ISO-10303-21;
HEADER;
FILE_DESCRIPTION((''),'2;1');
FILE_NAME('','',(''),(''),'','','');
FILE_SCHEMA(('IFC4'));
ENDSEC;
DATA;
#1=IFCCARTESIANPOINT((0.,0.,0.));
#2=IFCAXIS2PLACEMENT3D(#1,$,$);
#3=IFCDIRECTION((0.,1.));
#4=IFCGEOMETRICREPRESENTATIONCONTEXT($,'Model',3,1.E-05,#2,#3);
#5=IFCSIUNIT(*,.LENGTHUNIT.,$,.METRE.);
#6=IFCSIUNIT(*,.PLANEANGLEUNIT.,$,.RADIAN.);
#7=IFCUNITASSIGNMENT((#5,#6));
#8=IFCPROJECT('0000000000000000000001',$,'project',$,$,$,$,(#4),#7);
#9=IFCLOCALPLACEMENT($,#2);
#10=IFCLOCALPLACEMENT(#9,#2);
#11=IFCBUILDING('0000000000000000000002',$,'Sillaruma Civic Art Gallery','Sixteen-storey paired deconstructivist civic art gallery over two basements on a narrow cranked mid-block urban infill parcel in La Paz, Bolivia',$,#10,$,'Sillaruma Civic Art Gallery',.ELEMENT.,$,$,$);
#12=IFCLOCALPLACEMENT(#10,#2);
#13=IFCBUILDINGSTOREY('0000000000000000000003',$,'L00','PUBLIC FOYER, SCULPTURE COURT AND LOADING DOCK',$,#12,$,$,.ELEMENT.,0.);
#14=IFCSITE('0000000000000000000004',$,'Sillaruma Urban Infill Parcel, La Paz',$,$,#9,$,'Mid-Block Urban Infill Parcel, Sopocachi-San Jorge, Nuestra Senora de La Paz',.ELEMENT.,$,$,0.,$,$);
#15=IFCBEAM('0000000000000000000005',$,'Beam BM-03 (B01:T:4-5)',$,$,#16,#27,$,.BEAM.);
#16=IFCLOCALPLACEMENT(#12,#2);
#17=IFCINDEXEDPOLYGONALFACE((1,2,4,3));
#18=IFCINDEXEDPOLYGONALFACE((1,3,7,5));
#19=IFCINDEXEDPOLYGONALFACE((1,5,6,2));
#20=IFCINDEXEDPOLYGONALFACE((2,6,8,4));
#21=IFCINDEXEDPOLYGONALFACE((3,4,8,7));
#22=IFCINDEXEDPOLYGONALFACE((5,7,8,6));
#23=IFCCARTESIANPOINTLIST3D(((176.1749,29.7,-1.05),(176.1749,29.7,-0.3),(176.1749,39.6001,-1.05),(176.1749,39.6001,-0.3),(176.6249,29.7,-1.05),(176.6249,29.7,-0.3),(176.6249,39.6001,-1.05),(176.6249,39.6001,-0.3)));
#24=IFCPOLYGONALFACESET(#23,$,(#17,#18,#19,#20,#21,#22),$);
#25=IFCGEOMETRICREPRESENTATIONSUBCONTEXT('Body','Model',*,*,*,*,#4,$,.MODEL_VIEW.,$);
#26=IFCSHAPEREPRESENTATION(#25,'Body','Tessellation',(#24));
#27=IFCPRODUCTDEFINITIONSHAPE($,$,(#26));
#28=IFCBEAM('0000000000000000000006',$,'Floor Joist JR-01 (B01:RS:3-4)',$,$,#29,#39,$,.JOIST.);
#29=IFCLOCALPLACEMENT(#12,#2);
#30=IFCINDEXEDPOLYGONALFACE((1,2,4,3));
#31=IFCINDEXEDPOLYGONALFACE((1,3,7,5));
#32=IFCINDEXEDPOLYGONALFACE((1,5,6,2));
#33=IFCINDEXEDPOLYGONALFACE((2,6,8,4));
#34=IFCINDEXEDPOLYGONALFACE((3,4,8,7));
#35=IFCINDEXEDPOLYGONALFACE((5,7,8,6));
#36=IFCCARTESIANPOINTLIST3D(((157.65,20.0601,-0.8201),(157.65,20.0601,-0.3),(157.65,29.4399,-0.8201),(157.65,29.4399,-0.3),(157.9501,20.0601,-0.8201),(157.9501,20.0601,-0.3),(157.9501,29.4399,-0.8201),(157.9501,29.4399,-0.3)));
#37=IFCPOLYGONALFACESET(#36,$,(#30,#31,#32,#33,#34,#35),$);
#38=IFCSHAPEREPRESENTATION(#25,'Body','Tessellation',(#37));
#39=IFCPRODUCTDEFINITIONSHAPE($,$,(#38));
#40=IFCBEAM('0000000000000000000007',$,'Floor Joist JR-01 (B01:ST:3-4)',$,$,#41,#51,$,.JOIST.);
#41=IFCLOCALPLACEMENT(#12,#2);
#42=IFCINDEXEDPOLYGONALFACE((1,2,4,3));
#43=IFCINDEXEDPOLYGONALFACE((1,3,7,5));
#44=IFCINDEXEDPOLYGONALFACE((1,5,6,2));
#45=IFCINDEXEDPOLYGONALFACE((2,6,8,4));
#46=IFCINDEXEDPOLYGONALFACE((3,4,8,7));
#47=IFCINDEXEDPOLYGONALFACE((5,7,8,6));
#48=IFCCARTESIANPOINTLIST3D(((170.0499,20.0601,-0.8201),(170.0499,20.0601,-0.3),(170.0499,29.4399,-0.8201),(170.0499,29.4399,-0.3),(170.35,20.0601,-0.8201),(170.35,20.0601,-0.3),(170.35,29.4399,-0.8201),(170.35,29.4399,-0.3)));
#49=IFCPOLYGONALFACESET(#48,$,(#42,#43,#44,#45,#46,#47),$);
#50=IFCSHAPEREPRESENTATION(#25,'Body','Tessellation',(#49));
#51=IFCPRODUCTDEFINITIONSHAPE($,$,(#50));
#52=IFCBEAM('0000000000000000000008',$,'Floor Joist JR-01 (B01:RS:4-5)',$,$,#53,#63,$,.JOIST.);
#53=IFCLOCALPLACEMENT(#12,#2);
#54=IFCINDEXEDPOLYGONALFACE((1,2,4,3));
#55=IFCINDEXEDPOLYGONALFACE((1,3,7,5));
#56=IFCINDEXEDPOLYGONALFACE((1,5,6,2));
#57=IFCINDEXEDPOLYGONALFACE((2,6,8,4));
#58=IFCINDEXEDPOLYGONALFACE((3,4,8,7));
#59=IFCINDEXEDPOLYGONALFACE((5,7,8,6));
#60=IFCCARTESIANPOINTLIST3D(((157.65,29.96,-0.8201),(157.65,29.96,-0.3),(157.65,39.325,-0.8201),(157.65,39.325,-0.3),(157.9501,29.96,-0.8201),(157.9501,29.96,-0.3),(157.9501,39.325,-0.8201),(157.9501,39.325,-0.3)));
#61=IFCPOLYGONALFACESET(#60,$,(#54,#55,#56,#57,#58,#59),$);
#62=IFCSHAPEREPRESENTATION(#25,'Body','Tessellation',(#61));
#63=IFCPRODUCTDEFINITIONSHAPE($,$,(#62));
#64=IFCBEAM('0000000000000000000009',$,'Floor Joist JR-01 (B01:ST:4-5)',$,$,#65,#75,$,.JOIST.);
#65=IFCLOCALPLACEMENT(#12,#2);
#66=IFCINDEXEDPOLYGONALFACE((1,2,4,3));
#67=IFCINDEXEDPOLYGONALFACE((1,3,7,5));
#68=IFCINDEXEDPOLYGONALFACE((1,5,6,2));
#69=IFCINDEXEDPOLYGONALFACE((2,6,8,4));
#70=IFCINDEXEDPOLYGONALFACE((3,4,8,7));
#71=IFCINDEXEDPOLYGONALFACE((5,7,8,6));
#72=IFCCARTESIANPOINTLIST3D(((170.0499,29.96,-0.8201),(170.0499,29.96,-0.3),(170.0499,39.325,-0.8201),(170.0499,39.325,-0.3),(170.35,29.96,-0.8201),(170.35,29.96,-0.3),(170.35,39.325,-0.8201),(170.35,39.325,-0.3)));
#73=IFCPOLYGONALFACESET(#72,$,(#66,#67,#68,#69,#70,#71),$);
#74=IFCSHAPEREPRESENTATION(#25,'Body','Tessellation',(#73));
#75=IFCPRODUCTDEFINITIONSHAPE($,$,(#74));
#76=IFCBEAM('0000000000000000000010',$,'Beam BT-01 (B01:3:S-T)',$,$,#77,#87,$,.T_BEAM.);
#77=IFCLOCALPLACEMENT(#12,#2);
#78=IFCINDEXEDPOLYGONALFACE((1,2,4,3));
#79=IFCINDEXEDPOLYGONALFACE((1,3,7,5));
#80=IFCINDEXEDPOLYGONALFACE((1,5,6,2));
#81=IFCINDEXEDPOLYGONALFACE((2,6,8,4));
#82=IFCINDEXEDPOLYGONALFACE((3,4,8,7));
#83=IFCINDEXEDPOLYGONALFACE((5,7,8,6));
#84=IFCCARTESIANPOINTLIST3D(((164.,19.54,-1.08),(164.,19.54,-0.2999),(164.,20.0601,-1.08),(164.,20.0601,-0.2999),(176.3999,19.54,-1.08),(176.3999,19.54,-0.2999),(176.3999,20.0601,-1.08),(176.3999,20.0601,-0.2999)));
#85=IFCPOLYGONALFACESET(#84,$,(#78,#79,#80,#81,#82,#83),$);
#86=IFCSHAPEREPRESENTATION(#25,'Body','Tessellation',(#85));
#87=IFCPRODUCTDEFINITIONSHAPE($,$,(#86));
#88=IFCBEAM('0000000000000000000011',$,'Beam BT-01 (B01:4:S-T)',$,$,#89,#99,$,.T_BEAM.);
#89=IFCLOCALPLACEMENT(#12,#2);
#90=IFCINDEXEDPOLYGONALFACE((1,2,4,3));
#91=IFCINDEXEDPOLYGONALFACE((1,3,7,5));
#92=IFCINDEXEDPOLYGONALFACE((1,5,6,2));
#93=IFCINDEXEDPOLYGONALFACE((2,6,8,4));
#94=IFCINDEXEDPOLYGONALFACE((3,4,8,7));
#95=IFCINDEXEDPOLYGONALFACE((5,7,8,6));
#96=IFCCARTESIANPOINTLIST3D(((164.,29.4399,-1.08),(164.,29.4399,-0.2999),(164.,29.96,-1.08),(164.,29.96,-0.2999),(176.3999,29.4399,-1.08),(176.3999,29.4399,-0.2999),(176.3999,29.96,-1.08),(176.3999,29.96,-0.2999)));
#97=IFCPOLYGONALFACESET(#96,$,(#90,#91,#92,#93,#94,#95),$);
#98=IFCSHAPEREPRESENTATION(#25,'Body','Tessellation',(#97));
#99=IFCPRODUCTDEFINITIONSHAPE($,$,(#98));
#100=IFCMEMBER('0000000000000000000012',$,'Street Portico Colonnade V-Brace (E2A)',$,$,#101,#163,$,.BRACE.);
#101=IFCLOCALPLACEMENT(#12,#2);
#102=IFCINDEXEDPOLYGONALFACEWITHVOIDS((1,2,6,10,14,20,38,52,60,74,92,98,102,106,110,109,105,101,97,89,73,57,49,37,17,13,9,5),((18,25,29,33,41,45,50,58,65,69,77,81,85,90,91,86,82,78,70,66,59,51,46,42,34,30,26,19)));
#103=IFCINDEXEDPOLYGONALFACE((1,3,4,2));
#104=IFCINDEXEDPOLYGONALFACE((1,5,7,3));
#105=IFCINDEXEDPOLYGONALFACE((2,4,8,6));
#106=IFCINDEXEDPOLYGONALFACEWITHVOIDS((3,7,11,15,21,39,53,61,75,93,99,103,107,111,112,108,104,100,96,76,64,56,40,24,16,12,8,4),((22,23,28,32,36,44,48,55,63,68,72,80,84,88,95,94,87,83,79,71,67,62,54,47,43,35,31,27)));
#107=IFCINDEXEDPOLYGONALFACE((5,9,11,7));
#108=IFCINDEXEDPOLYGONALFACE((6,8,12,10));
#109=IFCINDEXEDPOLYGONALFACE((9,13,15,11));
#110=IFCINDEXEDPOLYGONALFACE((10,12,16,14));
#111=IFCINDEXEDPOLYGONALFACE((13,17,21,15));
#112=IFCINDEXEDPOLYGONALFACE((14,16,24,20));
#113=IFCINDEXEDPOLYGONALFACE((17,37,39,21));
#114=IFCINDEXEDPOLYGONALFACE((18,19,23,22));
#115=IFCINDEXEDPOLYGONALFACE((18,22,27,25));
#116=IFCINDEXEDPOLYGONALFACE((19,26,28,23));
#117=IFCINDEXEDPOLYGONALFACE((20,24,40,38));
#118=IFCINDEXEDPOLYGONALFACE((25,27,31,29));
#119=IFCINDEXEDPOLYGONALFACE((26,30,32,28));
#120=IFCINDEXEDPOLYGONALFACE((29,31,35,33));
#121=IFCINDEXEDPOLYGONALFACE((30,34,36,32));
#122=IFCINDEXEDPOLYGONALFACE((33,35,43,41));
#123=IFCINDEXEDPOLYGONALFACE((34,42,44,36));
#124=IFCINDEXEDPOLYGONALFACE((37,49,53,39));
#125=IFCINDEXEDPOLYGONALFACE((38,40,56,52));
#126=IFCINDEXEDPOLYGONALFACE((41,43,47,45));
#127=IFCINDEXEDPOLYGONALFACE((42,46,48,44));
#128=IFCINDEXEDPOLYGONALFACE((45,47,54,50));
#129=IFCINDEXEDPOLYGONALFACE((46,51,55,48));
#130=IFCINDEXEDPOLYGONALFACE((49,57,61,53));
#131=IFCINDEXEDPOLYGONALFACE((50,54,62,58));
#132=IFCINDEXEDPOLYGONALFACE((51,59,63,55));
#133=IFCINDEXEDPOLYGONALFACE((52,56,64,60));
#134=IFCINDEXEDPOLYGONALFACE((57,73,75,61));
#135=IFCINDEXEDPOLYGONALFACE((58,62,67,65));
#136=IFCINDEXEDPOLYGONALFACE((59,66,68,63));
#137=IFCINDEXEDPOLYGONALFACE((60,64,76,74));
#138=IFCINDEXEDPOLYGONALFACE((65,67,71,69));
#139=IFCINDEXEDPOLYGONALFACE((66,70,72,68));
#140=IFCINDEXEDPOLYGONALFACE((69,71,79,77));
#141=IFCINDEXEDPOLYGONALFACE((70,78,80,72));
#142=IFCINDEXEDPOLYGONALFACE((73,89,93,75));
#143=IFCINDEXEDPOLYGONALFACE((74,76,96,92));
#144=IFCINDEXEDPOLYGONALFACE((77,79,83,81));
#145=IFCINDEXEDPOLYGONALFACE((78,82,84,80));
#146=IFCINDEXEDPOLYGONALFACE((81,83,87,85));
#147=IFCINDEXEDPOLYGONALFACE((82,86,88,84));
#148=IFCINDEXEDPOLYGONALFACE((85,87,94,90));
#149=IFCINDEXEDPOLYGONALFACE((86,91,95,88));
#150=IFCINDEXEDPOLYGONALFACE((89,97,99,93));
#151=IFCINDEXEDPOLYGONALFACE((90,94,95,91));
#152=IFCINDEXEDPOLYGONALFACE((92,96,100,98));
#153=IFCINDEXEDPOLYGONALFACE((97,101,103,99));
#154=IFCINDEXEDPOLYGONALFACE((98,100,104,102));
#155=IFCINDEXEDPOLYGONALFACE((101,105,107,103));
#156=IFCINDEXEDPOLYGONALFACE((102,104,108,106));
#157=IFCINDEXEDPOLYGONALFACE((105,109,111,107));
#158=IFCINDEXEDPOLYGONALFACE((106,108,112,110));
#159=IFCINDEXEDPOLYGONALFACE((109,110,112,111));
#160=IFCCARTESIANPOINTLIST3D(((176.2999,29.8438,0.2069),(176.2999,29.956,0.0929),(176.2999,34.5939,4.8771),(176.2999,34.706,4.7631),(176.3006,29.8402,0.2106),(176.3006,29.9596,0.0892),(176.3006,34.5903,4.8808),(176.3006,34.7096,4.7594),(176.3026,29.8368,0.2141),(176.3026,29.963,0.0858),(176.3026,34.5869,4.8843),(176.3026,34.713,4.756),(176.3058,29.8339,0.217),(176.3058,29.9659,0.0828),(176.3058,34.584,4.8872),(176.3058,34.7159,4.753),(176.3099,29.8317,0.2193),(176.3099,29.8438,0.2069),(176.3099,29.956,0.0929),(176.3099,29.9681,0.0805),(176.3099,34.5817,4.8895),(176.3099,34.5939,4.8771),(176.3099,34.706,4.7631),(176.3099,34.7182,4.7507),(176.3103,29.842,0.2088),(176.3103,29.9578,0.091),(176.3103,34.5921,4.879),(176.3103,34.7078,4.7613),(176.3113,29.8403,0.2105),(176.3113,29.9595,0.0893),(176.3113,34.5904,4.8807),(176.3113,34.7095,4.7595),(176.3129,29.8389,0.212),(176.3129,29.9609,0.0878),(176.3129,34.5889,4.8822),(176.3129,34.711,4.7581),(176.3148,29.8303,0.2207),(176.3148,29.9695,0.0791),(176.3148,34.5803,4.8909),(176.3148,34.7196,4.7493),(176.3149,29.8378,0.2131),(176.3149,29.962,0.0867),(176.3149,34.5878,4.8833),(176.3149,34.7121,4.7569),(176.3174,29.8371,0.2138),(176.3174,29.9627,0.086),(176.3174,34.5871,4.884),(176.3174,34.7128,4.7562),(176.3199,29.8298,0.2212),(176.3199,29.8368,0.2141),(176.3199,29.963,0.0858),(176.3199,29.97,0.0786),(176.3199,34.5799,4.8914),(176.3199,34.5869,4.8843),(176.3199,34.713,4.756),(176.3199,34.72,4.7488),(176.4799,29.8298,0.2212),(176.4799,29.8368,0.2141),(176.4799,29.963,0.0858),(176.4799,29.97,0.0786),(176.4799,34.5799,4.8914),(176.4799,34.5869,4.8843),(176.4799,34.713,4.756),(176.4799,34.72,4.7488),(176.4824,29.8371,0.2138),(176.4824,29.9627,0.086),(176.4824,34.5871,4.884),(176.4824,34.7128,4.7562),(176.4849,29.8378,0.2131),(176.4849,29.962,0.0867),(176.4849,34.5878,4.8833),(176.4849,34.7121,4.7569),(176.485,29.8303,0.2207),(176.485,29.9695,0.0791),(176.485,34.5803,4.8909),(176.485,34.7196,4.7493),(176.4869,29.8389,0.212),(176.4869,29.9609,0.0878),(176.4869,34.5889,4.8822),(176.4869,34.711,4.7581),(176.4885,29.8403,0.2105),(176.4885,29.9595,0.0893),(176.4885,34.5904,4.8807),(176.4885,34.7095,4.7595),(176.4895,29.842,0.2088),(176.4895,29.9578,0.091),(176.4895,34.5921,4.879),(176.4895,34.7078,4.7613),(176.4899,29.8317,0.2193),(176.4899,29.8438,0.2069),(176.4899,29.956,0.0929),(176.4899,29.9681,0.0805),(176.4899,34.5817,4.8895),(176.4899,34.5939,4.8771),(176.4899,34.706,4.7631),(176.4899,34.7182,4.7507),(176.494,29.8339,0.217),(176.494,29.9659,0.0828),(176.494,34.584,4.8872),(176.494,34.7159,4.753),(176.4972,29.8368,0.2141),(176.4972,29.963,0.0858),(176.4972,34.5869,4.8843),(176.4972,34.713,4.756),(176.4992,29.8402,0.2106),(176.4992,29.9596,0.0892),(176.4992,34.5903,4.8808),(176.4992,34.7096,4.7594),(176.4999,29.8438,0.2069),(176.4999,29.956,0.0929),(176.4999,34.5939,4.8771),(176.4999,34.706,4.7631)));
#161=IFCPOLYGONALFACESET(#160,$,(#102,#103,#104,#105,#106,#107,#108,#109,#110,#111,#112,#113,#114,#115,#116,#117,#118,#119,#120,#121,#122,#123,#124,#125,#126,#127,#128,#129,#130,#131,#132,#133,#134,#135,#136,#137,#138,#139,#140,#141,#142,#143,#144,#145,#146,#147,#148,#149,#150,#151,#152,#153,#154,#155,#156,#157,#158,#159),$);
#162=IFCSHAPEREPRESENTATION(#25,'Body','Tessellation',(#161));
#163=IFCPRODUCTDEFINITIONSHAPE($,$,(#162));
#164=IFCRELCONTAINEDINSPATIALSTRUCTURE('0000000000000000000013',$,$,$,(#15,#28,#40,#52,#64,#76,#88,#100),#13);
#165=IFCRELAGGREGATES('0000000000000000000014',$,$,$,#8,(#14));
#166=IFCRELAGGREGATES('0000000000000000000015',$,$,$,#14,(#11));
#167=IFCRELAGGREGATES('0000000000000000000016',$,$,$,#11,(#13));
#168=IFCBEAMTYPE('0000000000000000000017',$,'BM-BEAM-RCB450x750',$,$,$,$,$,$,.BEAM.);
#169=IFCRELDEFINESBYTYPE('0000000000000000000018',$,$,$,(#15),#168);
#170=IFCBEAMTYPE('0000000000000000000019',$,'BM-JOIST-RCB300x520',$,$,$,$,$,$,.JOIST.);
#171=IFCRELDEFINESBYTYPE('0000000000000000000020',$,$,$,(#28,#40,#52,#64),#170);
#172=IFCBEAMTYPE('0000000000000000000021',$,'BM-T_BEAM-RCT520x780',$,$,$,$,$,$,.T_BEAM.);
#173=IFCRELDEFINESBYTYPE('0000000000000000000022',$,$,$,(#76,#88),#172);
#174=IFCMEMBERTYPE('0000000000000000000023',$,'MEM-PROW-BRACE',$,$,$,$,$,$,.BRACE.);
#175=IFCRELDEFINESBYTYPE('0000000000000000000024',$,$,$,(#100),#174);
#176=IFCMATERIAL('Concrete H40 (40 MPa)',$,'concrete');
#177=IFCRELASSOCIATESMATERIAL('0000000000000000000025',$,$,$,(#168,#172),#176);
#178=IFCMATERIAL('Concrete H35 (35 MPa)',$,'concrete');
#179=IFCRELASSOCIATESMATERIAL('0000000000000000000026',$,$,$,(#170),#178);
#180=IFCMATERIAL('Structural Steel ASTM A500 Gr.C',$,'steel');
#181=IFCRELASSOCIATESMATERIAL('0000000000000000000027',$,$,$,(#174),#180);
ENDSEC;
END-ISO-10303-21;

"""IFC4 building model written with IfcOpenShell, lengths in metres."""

from ifc_helpers import new_model, si_unit, direction, frame, origin, origin_2d, place, context, subcontext, project, spatial, rectangle, hollow_rectangle, extrude, material, material_profile, profile_set, type_object, element, save


model = new_model("IFC4")

# Units and contexts
model_context = context("Model", 3, precision=1e-05, world=origin(), true_north=direction((0.0, 1.0)))
body_context = subcontext(model_context, "Body", "Model", "MODEL_VIEW")
ifc_project = project(units=[si_unit("LENGTHUNIT", "METRE"), si_unit("PLANEANGLEUNIT", "RADIAN")], contexts=[model_context])

# Site, building, storey
site_placement = place(None, origin())
site = spatial("IfcSite", under=ifc_project, at=site_placement, Name="Sillaruma Urban Infill Parcel, La Paz", LongName="Mid-Block Urban Infill Parcel, Sopocachi-San Jorge, Nuestra Senora de La Paz", CompositionType="ELEMENT", RefElevation=0.0)
building_placement = place(site_placement, origin())
building = spatial("IfcBuilding", under=site, at=building_placement, Name="Sillaruma Civic Art Gallery", Description="Sixteen-storey paired deconstructivist civic art gallery over two basements on a narrow cranked mid-block urban infill parcel in La Paz, Bolivia", LongName="Sillaruma Civic Art Gallery", CompositionType="ELEMENT")
storey_placement = place(building_placement, origin())
storey = spatial("IfcBuildingStorey", under=building, at=storey_placement, Name="L00", Description="PUBLIC FOYER, SCULPTURE COURT AND LOADING DOCK", CompositionType="ELEMENT", Elevation=0.0)

# Shared definitions
ifc_material_1 = material(Name="Concrete H40 (40 MPa)", Category="concrete")

# Beams
ifc_material_2 = material(Name="Concrete H35 (35 MPa)", Category="concrete")
ifc_material_profile_1 = material_profile(ifc_material_1, rectangle(XDim=0.45, YDim=0.75, at=origin_2d()), Name="RCB450x750")
ifc_profile_set_1 = profile_set([ifc_material_profile_1], Name="Concrete H40 (40 MPa)")
beam_type_1 = type_object("IfcBeamType", Name="BM-BEAM-RCB450x750", PredefinedType="BEAM", material=ifc_profile_set_1)
beam_1_placement = place(storey_placement, frame((176.3999, 29.7, -0.675), z_axis=(0.0, 1.0, 0.0), x_axis=(-1.0, 0.0, 0.0)))
element("IfcBeam", 1, at=beam_1_placement, inside=storey, type_object=beam_type_1, Name="Beam BM-03 (B01:T:4-5)", PredefinedType="BEAM", context=body_context, shape_type="SweptSolid", body=[
    extrude(rectangle(XDim=0.45, YDim=0.75, at=origin_2d()), origin(), (0.0, 0.0, 1.0), 9.9001),
])
ifc_material_profile_2 = material_profile(ifc_material_2, rectangle(XDim=0.3, YDim=0.52, at=origin_2d()), Name="RCB300x520")
ifc_profile_set_2 = profile_set([ifc_material_profile_2], Name="Concrete H35 (35 MPa)")
beam_type_2 = type_object("IfcBeamType", Name="BM-JOIST-RCB300x520", PredefinedType="JOIST", material=ifc_profile_set_2)
for number, where, z_axis, x_axis, name in (
    (2, (157.8, 20.0601, -0.5601), (0.0, 1.0, 0.0), (-1.0, 0.0, 0.0), "Floor Joist JR-01 (B01:RS:3-4)"),
    (3, (170.2, 20.0601, -0.5601), (0.0, 1.0, 0.0), (-1.0, 0.0, 0.0), "Floor Joist JR-01 (B01:ST:3-4)"),
):
    element("IfcBeam", number, at=place(storey_placement, frame(where, z_axis=z_axis, x_axis=x_axis)), inside=storey, type_object=beam_type_2, Name=name, PredefinedType="JOIST", context=body_context, shape_type="SweptSolid", body=[
        extrude(rectangle(XDim=0.3, YDim=0.52, at=origin_2d()), origin(), (0.0, 0.0, 1.0), 9.3799),
    ])
for number, where, z_axis, x_axis, name in (
    (4, (157.8, 29.96, -0.5601), (0.0, 1.0, 0.0), (-1.0, 0.0, 0.0), "Floor Joist JR-01 (B01:RS:4-5)"),
    (5, (170.2, 29.96, -0.5601), (0.0, 1.0, 0.0), (-1.0, 0.0, 0.0), "Floor Joist JR-01 (B01:ST:4-5)"),
):
    element("IfcBeam", number, at=place(storey_placement, frame(where, z_axis=z_axis, x_axis=x_axis)), inside=storey, type_object=beam_type_2, Name=name, PredefinedType="JOIST", context=body_context, shape_type="SweptSolid", body=[
        extrude(rectangle(XDim=0.3, YDim=0.52, at=origin_2d()), origin(), (0.0, 0.0, 1.0), 9.365),
    ])
ifc_material_profile_3 = material_profile(ifc_material_1, rectangle(XDim=0.52, YDim=0.78, at=origin_2d()), Name="RCT520x780")
ifc_profile_set_3 = profile_set([ifc_material_profile_3], Name="Concrete H40 (40 MPa)")
beam_type_3 = type_object("IfcBeamType", Name="BM-T_BEAM-RCT520x780", PredefinedType="T_BEAM", material=ifc_profile_set_3)
for number, where, z_axis, x_axis, name in (
    (6, (164.0, 19.8, -0.6899), (1.0, 0.0, 0.0), (0.0, 1.0, 0.0), "Beam BT-01 (B01:3:S-T)"),
    (7, (164.0, 29.7, -0.6899), (1.0, 0.0, 0.0), (0.0, 1.0, 0.0), "Beam BT-01 (B01:4:S-T)"),
):
    element("IfcBeam", number, at=place(storey_placement, frame(where, z_axis=z_axis, x_axis=x_axis)), inside=storey, type_object=beam_type_3, Name=name, PredefinedType="T_BEAM", context=body_context, shape_type="SweptSolid", body=[
        extrude(rectangle(XDim=0.52, YDim=0.78, at=origin_2d()), origin(), (0.0, 0.0, 1.0), 12.3999),
    ])

# Member
ifc_material_3 = material(Name="Structural Steel ASTM A500 Gr.C", Category="steel")
ifc_material_profile_4 = material_profile(ifc_material_3, hollow_rectangle(XDim=0.2, YDim=0.2, WallThickness=0.01, InnerFilletRadius=0.01, OuterFilletRadius=0.02, at=origin_2d()), Name="HSS200x200x10")
ifc_profile_set_4 = profile_set([ifc_material_profile_4], Name="Structural Steel ASTM A500 Gr.C")
member_type = type_object("IfcMemberType", Name="MEM-PROW-BRACE", PredefinedType="BRACE", material=ifc_profile_set_4)
for number, where, z_axis, x_axis, name in (
    (8, (176.3999, 29.8999, 0.1499), (0.0, 0.713074, 0.701089), (-1.0, 0.0, 0.0), "Street Portico Colonnade V-Brace (E2A)"),
):
    element("IfcMember", number, at=place(storey_placement, frame(where, z_axis=z_axis, x_axis=x_axis)), inside=storey, type_object=member_type, Name=name, PredefinedType="BRACE", context=body_context, shape_type="SweptSolid", body=[
        extrude(hollow_rectangle(XDim=0.2, YDim=0.2, WallThickness=0.01, InnerFilletRadius=0.01, OuterFilletRadius=0.02, at=origin_2d()), origin(), (0.0, 0.0, 1.0), 6.6614),
    ])

save(model, "model.ifc")
